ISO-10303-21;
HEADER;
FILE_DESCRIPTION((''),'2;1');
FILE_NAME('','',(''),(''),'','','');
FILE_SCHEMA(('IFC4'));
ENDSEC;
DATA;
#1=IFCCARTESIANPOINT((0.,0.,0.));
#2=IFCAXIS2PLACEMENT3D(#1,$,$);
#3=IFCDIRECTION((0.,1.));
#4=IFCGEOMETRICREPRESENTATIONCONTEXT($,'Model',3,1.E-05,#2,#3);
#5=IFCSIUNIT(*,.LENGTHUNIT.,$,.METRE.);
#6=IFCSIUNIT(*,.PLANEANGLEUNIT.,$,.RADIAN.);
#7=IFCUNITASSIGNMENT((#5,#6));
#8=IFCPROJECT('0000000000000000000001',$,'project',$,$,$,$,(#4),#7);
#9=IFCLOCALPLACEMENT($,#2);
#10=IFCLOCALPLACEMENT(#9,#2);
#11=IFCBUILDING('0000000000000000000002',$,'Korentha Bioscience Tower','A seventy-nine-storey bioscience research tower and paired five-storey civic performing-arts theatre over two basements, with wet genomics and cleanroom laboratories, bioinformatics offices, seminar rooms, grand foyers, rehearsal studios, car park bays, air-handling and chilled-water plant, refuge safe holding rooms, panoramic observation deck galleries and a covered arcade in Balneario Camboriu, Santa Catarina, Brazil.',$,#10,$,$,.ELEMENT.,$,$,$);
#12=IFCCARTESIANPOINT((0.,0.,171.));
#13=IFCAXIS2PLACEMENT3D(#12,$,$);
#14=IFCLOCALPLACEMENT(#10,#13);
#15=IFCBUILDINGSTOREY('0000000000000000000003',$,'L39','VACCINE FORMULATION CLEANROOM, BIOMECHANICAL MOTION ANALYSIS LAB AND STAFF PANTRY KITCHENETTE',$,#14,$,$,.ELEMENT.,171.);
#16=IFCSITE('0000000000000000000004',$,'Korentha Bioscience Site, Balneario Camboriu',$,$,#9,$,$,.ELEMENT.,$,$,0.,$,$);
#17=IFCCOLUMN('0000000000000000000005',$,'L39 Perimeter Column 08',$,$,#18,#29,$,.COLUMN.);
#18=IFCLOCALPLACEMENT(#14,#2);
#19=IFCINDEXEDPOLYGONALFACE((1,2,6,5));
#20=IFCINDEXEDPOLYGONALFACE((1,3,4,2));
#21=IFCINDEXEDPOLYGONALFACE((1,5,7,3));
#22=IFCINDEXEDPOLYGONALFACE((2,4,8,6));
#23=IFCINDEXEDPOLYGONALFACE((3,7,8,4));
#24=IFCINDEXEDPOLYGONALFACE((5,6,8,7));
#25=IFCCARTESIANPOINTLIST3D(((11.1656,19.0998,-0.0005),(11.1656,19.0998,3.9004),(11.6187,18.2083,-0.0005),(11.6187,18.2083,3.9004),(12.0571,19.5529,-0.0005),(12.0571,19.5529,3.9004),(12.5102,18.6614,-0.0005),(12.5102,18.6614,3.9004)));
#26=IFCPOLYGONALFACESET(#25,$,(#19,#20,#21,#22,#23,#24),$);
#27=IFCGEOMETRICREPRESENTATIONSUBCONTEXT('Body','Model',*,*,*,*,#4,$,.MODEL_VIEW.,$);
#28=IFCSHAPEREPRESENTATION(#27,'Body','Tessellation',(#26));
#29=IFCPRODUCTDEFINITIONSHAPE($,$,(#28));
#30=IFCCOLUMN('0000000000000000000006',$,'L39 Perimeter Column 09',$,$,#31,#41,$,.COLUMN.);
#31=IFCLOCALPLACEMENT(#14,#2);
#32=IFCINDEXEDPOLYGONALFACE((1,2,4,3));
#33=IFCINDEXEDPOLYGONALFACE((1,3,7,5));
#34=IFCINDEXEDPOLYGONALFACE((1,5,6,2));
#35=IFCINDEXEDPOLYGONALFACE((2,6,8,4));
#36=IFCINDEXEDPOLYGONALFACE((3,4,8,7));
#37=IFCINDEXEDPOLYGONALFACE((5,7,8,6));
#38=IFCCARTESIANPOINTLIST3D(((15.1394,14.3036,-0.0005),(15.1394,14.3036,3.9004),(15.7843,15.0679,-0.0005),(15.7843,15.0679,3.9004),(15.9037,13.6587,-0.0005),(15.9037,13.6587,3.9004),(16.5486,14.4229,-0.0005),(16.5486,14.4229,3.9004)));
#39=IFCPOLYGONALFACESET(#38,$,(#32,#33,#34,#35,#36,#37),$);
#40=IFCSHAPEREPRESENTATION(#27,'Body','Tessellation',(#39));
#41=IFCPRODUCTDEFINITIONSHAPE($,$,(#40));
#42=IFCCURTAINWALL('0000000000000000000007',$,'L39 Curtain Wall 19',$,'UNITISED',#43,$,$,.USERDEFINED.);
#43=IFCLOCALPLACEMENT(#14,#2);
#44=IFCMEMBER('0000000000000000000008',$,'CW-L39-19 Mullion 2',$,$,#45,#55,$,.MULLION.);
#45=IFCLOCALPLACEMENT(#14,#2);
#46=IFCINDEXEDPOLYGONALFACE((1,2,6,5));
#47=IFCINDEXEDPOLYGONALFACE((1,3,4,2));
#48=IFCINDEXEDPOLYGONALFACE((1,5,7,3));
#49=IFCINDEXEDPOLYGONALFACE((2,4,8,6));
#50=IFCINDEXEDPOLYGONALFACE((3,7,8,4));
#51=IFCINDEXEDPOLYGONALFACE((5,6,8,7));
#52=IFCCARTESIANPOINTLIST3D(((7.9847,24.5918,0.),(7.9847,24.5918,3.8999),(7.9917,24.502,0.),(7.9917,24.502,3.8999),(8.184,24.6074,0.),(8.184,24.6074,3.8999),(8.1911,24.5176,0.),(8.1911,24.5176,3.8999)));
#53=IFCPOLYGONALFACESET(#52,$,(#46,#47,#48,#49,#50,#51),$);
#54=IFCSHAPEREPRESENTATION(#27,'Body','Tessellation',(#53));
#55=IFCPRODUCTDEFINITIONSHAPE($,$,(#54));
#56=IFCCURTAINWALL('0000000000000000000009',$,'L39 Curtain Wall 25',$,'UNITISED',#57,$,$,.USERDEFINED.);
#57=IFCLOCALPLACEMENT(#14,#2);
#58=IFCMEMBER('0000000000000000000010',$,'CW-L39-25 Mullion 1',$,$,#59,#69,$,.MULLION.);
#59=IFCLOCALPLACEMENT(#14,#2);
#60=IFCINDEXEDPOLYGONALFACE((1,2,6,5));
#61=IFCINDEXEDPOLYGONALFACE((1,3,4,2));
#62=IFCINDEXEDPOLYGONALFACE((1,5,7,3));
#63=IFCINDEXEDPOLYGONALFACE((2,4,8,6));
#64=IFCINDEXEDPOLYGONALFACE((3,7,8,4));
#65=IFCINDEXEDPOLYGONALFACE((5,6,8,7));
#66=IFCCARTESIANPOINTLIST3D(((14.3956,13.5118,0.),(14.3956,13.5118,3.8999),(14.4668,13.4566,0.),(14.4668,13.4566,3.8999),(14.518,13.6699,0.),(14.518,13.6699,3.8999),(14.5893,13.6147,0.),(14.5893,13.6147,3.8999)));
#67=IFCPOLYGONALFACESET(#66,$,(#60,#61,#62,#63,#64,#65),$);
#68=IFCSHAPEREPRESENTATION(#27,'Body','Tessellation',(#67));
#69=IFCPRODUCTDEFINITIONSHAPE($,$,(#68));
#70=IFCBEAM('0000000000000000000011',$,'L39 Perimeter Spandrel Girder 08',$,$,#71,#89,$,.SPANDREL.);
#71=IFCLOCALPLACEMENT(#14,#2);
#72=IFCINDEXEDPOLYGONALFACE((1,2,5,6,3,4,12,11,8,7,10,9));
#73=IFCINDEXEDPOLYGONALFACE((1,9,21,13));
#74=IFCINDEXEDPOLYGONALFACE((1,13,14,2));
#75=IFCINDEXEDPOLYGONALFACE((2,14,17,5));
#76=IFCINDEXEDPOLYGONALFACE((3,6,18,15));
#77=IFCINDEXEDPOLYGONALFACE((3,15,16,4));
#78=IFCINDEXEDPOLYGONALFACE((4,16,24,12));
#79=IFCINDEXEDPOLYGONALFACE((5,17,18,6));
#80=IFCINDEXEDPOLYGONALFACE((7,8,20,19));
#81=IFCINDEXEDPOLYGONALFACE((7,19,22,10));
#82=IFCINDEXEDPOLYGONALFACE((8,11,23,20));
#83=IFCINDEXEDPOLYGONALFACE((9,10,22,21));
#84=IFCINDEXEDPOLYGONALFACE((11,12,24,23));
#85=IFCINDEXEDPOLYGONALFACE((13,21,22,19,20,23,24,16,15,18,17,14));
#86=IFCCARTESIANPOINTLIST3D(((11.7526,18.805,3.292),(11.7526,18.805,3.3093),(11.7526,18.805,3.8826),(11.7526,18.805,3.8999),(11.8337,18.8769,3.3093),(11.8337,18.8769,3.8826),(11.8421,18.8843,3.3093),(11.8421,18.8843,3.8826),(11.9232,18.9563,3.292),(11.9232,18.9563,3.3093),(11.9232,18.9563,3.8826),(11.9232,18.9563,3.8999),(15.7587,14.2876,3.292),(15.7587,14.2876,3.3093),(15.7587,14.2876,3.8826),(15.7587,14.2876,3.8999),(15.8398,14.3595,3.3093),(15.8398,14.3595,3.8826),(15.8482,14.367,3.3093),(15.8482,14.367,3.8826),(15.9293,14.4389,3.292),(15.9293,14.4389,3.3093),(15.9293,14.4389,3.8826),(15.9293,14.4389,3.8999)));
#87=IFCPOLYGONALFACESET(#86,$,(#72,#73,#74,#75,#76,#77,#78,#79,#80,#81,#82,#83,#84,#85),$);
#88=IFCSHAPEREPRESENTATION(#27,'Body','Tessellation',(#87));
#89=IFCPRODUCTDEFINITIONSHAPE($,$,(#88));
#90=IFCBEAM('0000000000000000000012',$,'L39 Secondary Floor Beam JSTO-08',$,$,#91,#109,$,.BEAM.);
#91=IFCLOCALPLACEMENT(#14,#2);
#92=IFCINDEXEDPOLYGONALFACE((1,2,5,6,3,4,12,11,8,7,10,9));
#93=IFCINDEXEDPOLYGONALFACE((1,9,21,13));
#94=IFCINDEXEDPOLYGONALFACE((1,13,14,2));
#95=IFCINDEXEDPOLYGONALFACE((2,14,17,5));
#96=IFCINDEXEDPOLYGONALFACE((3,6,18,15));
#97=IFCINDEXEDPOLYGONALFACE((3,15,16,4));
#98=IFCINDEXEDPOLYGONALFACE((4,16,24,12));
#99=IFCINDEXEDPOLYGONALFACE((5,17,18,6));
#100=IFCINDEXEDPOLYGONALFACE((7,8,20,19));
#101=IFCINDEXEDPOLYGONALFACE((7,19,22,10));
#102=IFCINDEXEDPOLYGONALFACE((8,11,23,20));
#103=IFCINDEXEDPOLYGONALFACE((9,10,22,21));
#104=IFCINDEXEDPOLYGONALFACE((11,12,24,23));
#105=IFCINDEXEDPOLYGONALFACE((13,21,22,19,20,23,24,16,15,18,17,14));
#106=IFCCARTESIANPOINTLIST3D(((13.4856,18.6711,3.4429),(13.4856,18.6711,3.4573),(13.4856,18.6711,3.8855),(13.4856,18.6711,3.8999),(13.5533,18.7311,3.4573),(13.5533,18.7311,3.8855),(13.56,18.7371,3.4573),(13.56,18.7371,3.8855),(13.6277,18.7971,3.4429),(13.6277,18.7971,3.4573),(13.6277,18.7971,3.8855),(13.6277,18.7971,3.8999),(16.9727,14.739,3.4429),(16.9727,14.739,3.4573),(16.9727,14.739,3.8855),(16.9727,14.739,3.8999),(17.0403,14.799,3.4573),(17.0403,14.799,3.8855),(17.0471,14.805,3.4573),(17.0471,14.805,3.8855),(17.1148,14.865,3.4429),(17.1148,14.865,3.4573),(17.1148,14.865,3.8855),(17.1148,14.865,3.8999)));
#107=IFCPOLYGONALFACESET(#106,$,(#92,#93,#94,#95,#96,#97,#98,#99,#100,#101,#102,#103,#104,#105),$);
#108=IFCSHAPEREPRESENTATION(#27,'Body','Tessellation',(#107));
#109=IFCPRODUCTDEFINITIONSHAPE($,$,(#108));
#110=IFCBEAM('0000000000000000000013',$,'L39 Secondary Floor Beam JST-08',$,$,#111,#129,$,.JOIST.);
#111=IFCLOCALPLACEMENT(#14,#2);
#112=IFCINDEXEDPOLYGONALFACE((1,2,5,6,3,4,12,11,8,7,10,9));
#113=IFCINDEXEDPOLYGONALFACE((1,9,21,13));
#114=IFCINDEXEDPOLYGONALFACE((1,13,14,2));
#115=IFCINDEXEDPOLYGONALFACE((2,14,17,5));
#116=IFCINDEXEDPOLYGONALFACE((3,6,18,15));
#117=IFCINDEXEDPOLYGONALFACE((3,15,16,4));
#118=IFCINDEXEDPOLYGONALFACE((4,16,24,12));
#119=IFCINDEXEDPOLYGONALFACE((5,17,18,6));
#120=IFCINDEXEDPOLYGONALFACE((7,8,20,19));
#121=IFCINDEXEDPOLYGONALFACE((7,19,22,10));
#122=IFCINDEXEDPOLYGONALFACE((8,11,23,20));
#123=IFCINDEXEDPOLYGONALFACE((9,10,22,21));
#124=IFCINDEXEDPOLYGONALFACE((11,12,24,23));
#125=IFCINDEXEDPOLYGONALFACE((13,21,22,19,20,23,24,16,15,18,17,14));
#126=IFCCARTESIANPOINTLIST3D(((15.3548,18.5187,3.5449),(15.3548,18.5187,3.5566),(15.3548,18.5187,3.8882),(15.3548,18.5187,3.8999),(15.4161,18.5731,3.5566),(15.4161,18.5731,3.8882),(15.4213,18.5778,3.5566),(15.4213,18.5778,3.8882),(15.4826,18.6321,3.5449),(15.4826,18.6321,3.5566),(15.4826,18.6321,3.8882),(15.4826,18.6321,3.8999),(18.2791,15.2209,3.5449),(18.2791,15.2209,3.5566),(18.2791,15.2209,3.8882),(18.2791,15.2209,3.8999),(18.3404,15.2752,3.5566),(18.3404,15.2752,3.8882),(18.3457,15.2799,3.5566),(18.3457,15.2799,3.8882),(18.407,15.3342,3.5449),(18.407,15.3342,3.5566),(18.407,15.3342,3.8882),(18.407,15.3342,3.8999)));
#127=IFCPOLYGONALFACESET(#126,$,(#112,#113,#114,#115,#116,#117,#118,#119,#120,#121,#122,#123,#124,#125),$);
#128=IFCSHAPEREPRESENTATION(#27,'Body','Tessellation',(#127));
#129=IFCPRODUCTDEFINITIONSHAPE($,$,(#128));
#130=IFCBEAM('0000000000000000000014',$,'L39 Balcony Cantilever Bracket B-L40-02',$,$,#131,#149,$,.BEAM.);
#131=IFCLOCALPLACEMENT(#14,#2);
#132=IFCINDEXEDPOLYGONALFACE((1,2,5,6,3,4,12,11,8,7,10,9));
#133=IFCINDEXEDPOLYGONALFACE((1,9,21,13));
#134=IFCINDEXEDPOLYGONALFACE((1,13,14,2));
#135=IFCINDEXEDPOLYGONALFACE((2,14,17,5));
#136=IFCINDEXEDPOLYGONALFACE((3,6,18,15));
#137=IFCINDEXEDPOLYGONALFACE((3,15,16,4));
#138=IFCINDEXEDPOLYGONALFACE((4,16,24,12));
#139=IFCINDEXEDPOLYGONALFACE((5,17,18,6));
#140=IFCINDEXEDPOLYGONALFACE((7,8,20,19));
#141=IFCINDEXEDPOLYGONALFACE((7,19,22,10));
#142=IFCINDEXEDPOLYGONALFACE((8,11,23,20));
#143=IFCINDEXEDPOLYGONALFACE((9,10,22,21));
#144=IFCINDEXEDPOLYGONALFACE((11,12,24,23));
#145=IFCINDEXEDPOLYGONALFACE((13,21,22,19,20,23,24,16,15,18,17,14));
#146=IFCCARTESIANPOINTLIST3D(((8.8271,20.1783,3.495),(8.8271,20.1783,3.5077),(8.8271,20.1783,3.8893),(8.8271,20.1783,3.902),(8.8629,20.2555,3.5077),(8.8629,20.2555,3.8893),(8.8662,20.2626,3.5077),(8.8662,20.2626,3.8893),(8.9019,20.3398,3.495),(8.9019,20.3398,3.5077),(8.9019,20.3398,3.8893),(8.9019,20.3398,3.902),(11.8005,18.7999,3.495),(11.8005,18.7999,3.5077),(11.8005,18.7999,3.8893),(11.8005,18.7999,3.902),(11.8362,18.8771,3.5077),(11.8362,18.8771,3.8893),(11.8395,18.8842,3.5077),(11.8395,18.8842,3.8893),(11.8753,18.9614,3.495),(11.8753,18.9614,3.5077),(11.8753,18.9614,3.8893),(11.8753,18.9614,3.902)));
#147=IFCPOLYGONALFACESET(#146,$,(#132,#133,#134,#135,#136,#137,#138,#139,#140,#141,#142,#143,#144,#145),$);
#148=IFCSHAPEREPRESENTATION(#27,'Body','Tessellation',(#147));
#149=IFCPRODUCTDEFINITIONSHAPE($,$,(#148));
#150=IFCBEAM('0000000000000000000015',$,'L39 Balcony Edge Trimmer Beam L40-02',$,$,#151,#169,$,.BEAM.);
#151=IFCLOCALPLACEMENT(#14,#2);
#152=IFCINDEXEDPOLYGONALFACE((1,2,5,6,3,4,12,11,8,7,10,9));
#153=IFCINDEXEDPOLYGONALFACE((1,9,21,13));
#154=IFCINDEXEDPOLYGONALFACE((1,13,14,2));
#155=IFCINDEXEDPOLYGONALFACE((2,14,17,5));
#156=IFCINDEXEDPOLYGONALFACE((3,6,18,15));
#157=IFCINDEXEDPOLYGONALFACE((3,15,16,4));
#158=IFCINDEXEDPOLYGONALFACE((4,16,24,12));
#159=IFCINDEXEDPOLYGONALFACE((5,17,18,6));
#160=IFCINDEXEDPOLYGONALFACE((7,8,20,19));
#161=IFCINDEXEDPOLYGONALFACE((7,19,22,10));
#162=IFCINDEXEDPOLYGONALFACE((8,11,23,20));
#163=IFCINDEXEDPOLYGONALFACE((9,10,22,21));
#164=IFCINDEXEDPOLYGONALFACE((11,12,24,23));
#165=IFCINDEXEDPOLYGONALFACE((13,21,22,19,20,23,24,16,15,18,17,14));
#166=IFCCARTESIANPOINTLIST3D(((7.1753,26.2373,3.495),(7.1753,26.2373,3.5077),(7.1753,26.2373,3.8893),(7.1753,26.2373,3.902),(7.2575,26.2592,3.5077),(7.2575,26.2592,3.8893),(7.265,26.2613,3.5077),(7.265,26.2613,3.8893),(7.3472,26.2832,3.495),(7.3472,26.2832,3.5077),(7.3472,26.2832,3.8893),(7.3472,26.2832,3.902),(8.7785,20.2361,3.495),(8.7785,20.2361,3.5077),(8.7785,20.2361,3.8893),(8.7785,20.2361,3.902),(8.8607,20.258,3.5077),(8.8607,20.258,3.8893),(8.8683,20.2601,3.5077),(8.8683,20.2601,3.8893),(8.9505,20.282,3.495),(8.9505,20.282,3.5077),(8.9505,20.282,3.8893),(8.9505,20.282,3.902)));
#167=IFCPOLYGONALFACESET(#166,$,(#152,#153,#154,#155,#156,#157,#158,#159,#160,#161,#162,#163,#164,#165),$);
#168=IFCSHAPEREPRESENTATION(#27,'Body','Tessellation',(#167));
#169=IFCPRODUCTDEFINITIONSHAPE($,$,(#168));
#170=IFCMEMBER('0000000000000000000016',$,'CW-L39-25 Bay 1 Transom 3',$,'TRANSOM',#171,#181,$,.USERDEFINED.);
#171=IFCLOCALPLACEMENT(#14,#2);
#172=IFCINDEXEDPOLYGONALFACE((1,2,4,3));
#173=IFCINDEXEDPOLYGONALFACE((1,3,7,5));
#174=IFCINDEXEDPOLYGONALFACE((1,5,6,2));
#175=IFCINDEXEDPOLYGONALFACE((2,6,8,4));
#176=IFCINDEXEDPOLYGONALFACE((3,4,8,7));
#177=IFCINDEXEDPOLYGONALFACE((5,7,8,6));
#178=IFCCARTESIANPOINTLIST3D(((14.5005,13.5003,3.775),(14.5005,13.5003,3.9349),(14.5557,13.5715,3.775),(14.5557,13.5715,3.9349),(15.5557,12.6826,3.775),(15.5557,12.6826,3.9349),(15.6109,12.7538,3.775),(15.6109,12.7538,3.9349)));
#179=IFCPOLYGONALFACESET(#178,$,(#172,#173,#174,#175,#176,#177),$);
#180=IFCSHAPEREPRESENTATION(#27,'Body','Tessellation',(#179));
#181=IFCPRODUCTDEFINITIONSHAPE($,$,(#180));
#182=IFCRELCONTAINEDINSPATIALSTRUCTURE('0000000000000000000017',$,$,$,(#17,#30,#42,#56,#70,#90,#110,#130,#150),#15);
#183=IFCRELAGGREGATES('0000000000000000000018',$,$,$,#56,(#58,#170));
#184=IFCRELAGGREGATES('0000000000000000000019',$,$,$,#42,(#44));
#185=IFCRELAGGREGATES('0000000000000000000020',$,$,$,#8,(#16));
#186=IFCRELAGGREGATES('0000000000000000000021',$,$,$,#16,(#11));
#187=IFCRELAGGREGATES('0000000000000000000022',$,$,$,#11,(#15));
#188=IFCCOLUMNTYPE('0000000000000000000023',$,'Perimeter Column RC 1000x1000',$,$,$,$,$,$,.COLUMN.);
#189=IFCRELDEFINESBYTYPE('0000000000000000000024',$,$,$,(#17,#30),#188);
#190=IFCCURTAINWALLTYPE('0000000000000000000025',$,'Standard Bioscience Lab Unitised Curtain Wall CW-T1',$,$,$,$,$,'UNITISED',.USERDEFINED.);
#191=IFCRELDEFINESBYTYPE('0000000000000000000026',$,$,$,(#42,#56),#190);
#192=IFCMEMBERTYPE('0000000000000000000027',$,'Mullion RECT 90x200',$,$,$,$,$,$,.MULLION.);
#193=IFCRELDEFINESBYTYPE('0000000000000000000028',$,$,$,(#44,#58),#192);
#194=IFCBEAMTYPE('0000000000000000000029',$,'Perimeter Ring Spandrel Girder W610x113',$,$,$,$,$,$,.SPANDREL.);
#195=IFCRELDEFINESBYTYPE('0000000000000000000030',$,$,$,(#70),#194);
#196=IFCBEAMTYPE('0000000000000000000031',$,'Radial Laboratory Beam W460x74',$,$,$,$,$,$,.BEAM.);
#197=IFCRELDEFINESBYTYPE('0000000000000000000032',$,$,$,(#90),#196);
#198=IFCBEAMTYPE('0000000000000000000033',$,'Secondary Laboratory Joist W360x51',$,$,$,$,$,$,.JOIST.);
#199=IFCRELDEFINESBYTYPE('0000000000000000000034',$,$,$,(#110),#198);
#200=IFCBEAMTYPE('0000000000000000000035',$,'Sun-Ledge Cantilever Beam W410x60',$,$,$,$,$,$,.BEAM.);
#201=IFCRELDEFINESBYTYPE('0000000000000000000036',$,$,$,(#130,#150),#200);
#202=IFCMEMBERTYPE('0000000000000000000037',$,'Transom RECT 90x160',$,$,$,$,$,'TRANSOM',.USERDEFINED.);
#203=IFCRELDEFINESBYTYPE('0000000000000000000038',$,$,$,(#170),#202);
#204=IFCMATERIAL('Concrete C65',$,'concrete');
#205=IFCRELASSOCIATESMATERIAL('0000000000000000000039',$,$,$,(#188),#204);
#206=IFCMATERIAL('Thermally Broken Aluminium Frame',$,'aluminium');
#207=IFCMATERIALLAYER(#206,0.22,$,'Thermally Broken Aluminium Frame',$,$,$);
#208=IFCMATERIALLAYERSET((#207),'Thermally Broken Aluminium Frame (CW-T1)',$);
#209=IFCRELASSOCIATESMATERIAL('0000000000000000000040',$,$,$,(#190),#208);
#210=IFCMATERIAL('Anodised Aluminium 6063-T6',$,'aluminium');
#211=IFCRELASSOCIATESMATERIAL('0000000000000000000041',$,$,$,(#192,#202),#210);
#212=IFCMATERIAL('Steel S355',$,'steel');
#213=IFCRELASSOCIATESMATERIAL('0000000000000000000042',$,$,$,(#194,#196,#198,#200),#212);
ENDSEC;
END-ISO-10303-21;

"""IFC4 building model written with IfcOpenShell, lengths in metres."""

from ifc_helpers import new_model, si_unit, direction, frame, origin, origin_2d, place, context, subcontext, project, spatial, rectangle, i_section, extrude, material, layer, layer_set, material_profile, profile_set, type_object, element, aggregate, save


model = new_model("IFC4")

# Units and contexts
model_context = context("Model", 3, precision=1e-05, world=origin(), true_north=direction((0.0, 1.0)))
body_context = subcontext(model_context, "Body", "Model", "MODEL_VIEW")
ifc_project = project(units=[si_unit("LENGTHUNIT", "METRE"), si_unit("PLANEANGLEUNIT", "RADIAN")], contexts=[model_context])

# Site, building, storey
site_placement = place(None, origin())
site = spatial("IfcSite", under=ifc_project, at=site_placement, Name="Korentha Bioscience Site, Balneario Camboriu", CompositionType="ELEMENT", RefElevation=0.0)
building_placement = place(site_placement, origin())
building = spatial("IfcBuilding", under=site, at=building_placement, Name="Korentha Bioscience Tower", Description="A seventy-nine-storey bioscience research tower and paired five-storey civic performing-arts theatre over two basements, with wet genomics and cleanroom laboratories, bioinformatics offices, seminar rooms, grand foyers, rehearsal studios, car park bays, air-handling and chilled-water plant, refuge safe holding rooms, panoramic observation deck galleries and a covered arcade in Balneario Camboriu, Santa Catarina, Brazil.", CompositionType="ELEMENT")
storey_placement = place(building_placement, frame((0.0, 0.0, 171.0)))
storey = spatial("IfcBuildingStorey", under=building, at=storey_placement, Name="L39", Description="VACCINE FORMULATION CLEANROOM, BIOMECHANICAL MOTION ANALYSIS LAB AND STAFF PANTRY KITCHENETTE", CompositionType="ELEMENT", Elevation=171.0)

# Columns
ifc_material_1 = material(Name="Concrete C65", Category="concrete")
ifc_material_profile_1 = material_profile(ifc_material_1, rectangle(XDim=1.0, YDim=1.0, at=origin_2d()), Name="Concrete C65")
ifc_profile_set_1 = profile_set([ifc_material_profile_1], Name="Concrete C65 (COL-P10)")
column_type = type_object("IfcColumnType", Name="Perimeter Column RC 1000x1000", PredefinedType="COLUMN", material=ifc_profile_set_1)
for number, where, z_axis, x_axis, name in (
    (1, (11.8379, 18.8806, -0.0005), (0.0, 0.0, 1.0), (-0.453057, 0.891481, 0.0), "L39 Perimeter Column 08"),
    (2, (15.844, 14.3633, -0.0005), (0.0, 0.0, 1.0), (-0.764246, 0.644924, 0.0), "L39 Perimeter Column 09"),
):
    element("IfcColumn", number, at=place(storey_placement, frame(where, z_axis=z_axis, x_axis=x_axis)), inside=storey, type_object=column_type, Name=name, PredefinedType="COLUMN", context=body_context, shape_type="SweptSolid", body=[
        extrude(rectangle(XDim=1.0, YDim=1.0, at=origin_2d()), origin(), (0.0, 0.0, 1.0), 3.9009),
    ])

# Curtain walls, members
ifc_material_2 = material(Name="Thermally Broken Aluminium Frame", Category="aluminium")
ifc_layer_1 = layer(ifc_material_2, 0.22, Name="Thermally Broken Aluminium Frame")
ifc_layer_set_1 = layer_set([ifc_layer_1], Name="Thermally Broken Aluminium Frame (CW-T1)")
curtain_wall_type = type_object("IfcCurtainWallType", Name="Standard Bioscience Lab Unitised Curtain Wall CW-T1", ElementType="UNITISED", PredefinedType="USERDEFINED", material=ifc_layer_set_1)
curtain_wall_1_placement = place(storey_placement, origin())
curtain_wall_1 = element("IfcCurtainWall", 3, at=curtain_wall_1_placement, inside=storey, type_object=curtain_wall_type, Name="L39 Curtain Wall 19", ObjectType="UNITISED", PredefinedType="USERDEFINED")
ifc_material_3 = material(Name="Anodised Aluminium 6063-T6", Category="aluminium")
ifc_material_profile_2 = material_profile(ifc_material_3, rectangle(XDim=0.0901, YDim=0.2, at=origin_2d()), Name="Anodised Aluminium 6063-T6")
ifc_profile_set_2 = profile_set([ifc_material_profile_2], Name="Anodised Aluminium 6063-T6 (CW-MUL)")
member_type_1 = type_object("IfcMemberType", Name="Mullion RECT 90x200", PredefinedType="MULLION", material=ifc_profile_set_2)
member_1_placement = place(storey_placement, frame((8.0879, 24.5547, 0.0), z_axis=(0.0, 0.0, 1.0), x_axis=(0.078031, -0.996951, 0.0)))
member_1 = element("IfcMember", 4, at=member_1_placement, type_object=member_type_1, Name="CW-L39-19 Mullion 2", PredefinedType="MULLION", context=body_context, shape_type="SweptSolid", body=[
    extrude(rectangle(XDim=0.0901, YDim=0.2, at=origin_2d()), origin(), (0.0, 0.0, 1.0), 3.8999),
])
curtain_wall_2_placement = place(storey_placement, origin())
curtain_wall_2 = element("IfcCurtainWall", 5, at=curtain_wall_2_placement, inside=storey, type_object=curtain_wall_type, Name="L39 Curtain Wall 25", ObjectType="UNITISED", PredefinedType="USERDEFINED")
member_2_placement = place(storey_placement, frame((14.4924, 13.5632, 0.0), z_axis=(0.0, 0.0, 1.0), x_axis=(0.790547, -0.612402, 0.0)))
member_2 = element("IfcMember", 6, at=member_2_placement, type_object=member_type_1, Name="CW-L39-25 Mullion 1", PredefinedType="MULLION", context=body_context, shape_type="SweptSolid", body=[
    extrude(rectangle(XDim=0.0901, YDim=0.2, at=origin_2d()), origin(), (0.0, 0.0, 1.0), 3.8999),
])

# Beams
ifc_material_4 = material(Name="Steel S355", Category="steel")
ifc_material_profile_3 = material_profile(ifc_material_4, i_section(OverallWidth=0.228, OverallDepth=0.6079, WebThickness=0.0112, FlangeThickness=0.0173, at=origin_2d()), Name="Steel S355")
ifc_profile_set_3 = profile_set([ifc_material_profile_3], Name="Steel S355 (SB-610)")
beam_type_1 = type_object("IfcBeamType", Name="Perimeter Ring Spandrel Girder W610x113", PredefinedType="SPANDREL", material=ifc_profile_set_3)
beam_1_placement = place(storey_placement, frame((11.8379, 18.8806, 3.5959), z_axis=(0.663503, -0.748174, 0.0), x_axis=(0.748174, 0.663503, 0.0)))
element("IfcBeam", 7, at=beam_1_placement, inside=storey, type_object=beam_type_1, Name="L39 Perimeter Spandrel Girder 08", PredefinedType="SPANDREL", context=body_context, shape_type="SweptSolid", body=[
    extrude(i_section(OverallWidth=0.228, OverallDepth=0.6079, WebThickness=0.0112, FlangeThickness=0.0173, at=origin_2d()), origin(), (0.0, 0.0, 1.0), 6.0378),
])
ifc_material_profile_4 = material_profile(ifc_material_4, i_section(OverallWidth=0.1899, OverallDepth=0.457, WebThickness=0.009, FlangeThickness=0.0144, at=origin_2d()), Name="Steel S355")
ifc_profile_set_4 = profile_set([ifc_material_profile_4], Name="Steel S355 (RB-460)")
beam_type_2 = type_object("IfcBeamType", Name="Radial Laboratory Beam W460x74", PredefinedType="BEAM", material=ifc_profile_set_4)
beam_2_placement = place(storey_placement, frame((13.5566, 18.7341, 3.6714), z_axis=(0.663496, -0.74818, 0.0), x_axis=(0.74818, 0.663496, 0.0)))
element("IfcBeam", 8, at=beam_2_placement, inside=storey, type_object=beam_type_2, Name="L39 Secondary Floor Beam JSTO-08", PredefinedType="BEAM", context=body_context, shape_type="SweptSolid", body=[
    extrude(i_section(OverallWidth=0.1899, OverallDepth=0.457, WebThickness=0.009, FlangeThickness=0.0144, at=origin_2d()), origin(), (0.0, 0.0, 1.0), 5.2556),
])
ifc_material_profile_5 = material_profile(ifc_material_4, i_section(OverallWidth=0.1709, OverallDepth=0.355, WebThickness=0.0071, FlangeThickness=0.0117, at=origin_2d()), Name="Steel S355")
ifc_profile_set_5 = profile_set([ifc_material_profile_5], Name="Steel S355 (JB-360)")
beam_type_3 = type_object("IfcBeamType", Name="Secondary Laboratory Joist W360x51", PredefinedType="JOIST", material=ifc_profile_set_5)
beam_3_placement = place(storey_placement, frame((15.4187, 18.5754, 3.7224), z_axis=(0.663463, -0.748209, 0.0), x_axis=(0.748209, 0.663463, 0.0)))
element("IfcBeam", 9, at=beam_3_placement, inside=storey, type_object=beam_type_3, Name="L39 Secondary Floor Beam JST-08", PredefinedType="JOIST", context=body_context, shape_type="SweptSolid", body=[
    extrude(i_section(OverallWidth=0.1709, OverallDepth=0.355, WebThickness=0.0071, FlangeThickness=0.0117, at=origin_2d()), origin(), (0.0, 0.0, 1.0), 4.4077),
])
ifc_material_profile_6 = material_profile(ifc_material_4, i_section(OverallWidth=0.178, OverallDepth=0.407, WebThickness=0.0078, FlangeThickness=0.0127, at=origin_2d()), Name="Steel S355")
ifc_profile_set_6 = profile_set([ifc_material_profile_6], Name="Steel S355 (CB-410)")
beam_type_4 = type_object("IfcBeamType", Name="Sun-Ledge Cantilever Beam W410x60", PredefinedType="BEAM", material=ifc_profile_set_6)
beam_4_placement = place(storey_placement, frame((11.8379, 18.8806, 3.6985), z_axis=(-0.907252, 0.420588, 0.0), x_axis=(-0.420588, -0.907252, 0.0)))
element("IfcBeam", 10, at=beam_4_placement, inside=storey, type_object=beam_type_4, Name="L39 Balcony Cantilever Bracket B-L40-02", PredefinedType="BEAM", context=body_context, shape_type="SweptSolid", body=[
    extrude(i_section(OverallWidth=0.178, OverallDepth=0.407, WebThickness=0.0078, FlangeThickness=0.0127, at=origin_2d()), origin(), (0.0, 0.0, 1.0), 3.2773),
])
beam_5_placement = place(storey_placement, frame((7.2612, 26.2603, 3.6985), z_axis=(0.258105, -0.966117, 0.0), x_axis=(0.966117, 0.258105, 0.0)))
element("IfcBeam", 11, at=beam_5_placement, inside=storey, type_object=beam_type_4, Name="L39 Balcony Edge Trimmer Beam L40-02", PredefinedType="BEAM", context=body_context, shape_type="SweptSolid", body=[
    extrude(i_section(OverallWidth=0.178, OverallDepth=0.407, WebThickness=0.0078, FlangeThickness=0.0127, at=origin_2d()), origin(), (0.0, 0.0, 1.0), 6.2117),
])

# Member
ifc_material_profile_7 = material_profile(ifc_material_3, rectangle(XDim=0.0901, YDim=0.1599, at=origin_2d()), Name="Anodised Aluminium 6063-T6")
ifc_profile_set_7 = profile_set([ifc_material_profile_7], Name="Anodised Aluminium 6063-T6 (CW-TRN)")
member_type_2 = type_object("IfcMemberType", Name="Transom RECT 90x160", ElementType="TRANSOM", PredefinedType="USERDEFINED", material=ifc_profile_set_7)
member_3_placement = place(storey_placement, frame((14.5281, 13.5359, 3.855), z_axis=(0.790464, -0.612509, 0.0), x_axis=(0.612509, 0.790464, 0.0)))
member_3 = element("IfcMember", 12, at=member_3_placement, type_object=member_type_2, Name="CW-L39-25 Bay 1 Transom 3", ObjectType="TRANSOM", PredefinedType="USERDEFINED", context=body_context, shape_type="SweptSolid", body=[
    extrude(rectangle(XDim=0.0901, YDim=0.1599, at=origin_2d()), origin(), (0.0, 0.0, 1.0), 1.335),
])
aggregate(curtain_wall_2, [member_2, member_3])

aggregate(curtain_wall_1, [member_1])

save(model, "model.ifc")
